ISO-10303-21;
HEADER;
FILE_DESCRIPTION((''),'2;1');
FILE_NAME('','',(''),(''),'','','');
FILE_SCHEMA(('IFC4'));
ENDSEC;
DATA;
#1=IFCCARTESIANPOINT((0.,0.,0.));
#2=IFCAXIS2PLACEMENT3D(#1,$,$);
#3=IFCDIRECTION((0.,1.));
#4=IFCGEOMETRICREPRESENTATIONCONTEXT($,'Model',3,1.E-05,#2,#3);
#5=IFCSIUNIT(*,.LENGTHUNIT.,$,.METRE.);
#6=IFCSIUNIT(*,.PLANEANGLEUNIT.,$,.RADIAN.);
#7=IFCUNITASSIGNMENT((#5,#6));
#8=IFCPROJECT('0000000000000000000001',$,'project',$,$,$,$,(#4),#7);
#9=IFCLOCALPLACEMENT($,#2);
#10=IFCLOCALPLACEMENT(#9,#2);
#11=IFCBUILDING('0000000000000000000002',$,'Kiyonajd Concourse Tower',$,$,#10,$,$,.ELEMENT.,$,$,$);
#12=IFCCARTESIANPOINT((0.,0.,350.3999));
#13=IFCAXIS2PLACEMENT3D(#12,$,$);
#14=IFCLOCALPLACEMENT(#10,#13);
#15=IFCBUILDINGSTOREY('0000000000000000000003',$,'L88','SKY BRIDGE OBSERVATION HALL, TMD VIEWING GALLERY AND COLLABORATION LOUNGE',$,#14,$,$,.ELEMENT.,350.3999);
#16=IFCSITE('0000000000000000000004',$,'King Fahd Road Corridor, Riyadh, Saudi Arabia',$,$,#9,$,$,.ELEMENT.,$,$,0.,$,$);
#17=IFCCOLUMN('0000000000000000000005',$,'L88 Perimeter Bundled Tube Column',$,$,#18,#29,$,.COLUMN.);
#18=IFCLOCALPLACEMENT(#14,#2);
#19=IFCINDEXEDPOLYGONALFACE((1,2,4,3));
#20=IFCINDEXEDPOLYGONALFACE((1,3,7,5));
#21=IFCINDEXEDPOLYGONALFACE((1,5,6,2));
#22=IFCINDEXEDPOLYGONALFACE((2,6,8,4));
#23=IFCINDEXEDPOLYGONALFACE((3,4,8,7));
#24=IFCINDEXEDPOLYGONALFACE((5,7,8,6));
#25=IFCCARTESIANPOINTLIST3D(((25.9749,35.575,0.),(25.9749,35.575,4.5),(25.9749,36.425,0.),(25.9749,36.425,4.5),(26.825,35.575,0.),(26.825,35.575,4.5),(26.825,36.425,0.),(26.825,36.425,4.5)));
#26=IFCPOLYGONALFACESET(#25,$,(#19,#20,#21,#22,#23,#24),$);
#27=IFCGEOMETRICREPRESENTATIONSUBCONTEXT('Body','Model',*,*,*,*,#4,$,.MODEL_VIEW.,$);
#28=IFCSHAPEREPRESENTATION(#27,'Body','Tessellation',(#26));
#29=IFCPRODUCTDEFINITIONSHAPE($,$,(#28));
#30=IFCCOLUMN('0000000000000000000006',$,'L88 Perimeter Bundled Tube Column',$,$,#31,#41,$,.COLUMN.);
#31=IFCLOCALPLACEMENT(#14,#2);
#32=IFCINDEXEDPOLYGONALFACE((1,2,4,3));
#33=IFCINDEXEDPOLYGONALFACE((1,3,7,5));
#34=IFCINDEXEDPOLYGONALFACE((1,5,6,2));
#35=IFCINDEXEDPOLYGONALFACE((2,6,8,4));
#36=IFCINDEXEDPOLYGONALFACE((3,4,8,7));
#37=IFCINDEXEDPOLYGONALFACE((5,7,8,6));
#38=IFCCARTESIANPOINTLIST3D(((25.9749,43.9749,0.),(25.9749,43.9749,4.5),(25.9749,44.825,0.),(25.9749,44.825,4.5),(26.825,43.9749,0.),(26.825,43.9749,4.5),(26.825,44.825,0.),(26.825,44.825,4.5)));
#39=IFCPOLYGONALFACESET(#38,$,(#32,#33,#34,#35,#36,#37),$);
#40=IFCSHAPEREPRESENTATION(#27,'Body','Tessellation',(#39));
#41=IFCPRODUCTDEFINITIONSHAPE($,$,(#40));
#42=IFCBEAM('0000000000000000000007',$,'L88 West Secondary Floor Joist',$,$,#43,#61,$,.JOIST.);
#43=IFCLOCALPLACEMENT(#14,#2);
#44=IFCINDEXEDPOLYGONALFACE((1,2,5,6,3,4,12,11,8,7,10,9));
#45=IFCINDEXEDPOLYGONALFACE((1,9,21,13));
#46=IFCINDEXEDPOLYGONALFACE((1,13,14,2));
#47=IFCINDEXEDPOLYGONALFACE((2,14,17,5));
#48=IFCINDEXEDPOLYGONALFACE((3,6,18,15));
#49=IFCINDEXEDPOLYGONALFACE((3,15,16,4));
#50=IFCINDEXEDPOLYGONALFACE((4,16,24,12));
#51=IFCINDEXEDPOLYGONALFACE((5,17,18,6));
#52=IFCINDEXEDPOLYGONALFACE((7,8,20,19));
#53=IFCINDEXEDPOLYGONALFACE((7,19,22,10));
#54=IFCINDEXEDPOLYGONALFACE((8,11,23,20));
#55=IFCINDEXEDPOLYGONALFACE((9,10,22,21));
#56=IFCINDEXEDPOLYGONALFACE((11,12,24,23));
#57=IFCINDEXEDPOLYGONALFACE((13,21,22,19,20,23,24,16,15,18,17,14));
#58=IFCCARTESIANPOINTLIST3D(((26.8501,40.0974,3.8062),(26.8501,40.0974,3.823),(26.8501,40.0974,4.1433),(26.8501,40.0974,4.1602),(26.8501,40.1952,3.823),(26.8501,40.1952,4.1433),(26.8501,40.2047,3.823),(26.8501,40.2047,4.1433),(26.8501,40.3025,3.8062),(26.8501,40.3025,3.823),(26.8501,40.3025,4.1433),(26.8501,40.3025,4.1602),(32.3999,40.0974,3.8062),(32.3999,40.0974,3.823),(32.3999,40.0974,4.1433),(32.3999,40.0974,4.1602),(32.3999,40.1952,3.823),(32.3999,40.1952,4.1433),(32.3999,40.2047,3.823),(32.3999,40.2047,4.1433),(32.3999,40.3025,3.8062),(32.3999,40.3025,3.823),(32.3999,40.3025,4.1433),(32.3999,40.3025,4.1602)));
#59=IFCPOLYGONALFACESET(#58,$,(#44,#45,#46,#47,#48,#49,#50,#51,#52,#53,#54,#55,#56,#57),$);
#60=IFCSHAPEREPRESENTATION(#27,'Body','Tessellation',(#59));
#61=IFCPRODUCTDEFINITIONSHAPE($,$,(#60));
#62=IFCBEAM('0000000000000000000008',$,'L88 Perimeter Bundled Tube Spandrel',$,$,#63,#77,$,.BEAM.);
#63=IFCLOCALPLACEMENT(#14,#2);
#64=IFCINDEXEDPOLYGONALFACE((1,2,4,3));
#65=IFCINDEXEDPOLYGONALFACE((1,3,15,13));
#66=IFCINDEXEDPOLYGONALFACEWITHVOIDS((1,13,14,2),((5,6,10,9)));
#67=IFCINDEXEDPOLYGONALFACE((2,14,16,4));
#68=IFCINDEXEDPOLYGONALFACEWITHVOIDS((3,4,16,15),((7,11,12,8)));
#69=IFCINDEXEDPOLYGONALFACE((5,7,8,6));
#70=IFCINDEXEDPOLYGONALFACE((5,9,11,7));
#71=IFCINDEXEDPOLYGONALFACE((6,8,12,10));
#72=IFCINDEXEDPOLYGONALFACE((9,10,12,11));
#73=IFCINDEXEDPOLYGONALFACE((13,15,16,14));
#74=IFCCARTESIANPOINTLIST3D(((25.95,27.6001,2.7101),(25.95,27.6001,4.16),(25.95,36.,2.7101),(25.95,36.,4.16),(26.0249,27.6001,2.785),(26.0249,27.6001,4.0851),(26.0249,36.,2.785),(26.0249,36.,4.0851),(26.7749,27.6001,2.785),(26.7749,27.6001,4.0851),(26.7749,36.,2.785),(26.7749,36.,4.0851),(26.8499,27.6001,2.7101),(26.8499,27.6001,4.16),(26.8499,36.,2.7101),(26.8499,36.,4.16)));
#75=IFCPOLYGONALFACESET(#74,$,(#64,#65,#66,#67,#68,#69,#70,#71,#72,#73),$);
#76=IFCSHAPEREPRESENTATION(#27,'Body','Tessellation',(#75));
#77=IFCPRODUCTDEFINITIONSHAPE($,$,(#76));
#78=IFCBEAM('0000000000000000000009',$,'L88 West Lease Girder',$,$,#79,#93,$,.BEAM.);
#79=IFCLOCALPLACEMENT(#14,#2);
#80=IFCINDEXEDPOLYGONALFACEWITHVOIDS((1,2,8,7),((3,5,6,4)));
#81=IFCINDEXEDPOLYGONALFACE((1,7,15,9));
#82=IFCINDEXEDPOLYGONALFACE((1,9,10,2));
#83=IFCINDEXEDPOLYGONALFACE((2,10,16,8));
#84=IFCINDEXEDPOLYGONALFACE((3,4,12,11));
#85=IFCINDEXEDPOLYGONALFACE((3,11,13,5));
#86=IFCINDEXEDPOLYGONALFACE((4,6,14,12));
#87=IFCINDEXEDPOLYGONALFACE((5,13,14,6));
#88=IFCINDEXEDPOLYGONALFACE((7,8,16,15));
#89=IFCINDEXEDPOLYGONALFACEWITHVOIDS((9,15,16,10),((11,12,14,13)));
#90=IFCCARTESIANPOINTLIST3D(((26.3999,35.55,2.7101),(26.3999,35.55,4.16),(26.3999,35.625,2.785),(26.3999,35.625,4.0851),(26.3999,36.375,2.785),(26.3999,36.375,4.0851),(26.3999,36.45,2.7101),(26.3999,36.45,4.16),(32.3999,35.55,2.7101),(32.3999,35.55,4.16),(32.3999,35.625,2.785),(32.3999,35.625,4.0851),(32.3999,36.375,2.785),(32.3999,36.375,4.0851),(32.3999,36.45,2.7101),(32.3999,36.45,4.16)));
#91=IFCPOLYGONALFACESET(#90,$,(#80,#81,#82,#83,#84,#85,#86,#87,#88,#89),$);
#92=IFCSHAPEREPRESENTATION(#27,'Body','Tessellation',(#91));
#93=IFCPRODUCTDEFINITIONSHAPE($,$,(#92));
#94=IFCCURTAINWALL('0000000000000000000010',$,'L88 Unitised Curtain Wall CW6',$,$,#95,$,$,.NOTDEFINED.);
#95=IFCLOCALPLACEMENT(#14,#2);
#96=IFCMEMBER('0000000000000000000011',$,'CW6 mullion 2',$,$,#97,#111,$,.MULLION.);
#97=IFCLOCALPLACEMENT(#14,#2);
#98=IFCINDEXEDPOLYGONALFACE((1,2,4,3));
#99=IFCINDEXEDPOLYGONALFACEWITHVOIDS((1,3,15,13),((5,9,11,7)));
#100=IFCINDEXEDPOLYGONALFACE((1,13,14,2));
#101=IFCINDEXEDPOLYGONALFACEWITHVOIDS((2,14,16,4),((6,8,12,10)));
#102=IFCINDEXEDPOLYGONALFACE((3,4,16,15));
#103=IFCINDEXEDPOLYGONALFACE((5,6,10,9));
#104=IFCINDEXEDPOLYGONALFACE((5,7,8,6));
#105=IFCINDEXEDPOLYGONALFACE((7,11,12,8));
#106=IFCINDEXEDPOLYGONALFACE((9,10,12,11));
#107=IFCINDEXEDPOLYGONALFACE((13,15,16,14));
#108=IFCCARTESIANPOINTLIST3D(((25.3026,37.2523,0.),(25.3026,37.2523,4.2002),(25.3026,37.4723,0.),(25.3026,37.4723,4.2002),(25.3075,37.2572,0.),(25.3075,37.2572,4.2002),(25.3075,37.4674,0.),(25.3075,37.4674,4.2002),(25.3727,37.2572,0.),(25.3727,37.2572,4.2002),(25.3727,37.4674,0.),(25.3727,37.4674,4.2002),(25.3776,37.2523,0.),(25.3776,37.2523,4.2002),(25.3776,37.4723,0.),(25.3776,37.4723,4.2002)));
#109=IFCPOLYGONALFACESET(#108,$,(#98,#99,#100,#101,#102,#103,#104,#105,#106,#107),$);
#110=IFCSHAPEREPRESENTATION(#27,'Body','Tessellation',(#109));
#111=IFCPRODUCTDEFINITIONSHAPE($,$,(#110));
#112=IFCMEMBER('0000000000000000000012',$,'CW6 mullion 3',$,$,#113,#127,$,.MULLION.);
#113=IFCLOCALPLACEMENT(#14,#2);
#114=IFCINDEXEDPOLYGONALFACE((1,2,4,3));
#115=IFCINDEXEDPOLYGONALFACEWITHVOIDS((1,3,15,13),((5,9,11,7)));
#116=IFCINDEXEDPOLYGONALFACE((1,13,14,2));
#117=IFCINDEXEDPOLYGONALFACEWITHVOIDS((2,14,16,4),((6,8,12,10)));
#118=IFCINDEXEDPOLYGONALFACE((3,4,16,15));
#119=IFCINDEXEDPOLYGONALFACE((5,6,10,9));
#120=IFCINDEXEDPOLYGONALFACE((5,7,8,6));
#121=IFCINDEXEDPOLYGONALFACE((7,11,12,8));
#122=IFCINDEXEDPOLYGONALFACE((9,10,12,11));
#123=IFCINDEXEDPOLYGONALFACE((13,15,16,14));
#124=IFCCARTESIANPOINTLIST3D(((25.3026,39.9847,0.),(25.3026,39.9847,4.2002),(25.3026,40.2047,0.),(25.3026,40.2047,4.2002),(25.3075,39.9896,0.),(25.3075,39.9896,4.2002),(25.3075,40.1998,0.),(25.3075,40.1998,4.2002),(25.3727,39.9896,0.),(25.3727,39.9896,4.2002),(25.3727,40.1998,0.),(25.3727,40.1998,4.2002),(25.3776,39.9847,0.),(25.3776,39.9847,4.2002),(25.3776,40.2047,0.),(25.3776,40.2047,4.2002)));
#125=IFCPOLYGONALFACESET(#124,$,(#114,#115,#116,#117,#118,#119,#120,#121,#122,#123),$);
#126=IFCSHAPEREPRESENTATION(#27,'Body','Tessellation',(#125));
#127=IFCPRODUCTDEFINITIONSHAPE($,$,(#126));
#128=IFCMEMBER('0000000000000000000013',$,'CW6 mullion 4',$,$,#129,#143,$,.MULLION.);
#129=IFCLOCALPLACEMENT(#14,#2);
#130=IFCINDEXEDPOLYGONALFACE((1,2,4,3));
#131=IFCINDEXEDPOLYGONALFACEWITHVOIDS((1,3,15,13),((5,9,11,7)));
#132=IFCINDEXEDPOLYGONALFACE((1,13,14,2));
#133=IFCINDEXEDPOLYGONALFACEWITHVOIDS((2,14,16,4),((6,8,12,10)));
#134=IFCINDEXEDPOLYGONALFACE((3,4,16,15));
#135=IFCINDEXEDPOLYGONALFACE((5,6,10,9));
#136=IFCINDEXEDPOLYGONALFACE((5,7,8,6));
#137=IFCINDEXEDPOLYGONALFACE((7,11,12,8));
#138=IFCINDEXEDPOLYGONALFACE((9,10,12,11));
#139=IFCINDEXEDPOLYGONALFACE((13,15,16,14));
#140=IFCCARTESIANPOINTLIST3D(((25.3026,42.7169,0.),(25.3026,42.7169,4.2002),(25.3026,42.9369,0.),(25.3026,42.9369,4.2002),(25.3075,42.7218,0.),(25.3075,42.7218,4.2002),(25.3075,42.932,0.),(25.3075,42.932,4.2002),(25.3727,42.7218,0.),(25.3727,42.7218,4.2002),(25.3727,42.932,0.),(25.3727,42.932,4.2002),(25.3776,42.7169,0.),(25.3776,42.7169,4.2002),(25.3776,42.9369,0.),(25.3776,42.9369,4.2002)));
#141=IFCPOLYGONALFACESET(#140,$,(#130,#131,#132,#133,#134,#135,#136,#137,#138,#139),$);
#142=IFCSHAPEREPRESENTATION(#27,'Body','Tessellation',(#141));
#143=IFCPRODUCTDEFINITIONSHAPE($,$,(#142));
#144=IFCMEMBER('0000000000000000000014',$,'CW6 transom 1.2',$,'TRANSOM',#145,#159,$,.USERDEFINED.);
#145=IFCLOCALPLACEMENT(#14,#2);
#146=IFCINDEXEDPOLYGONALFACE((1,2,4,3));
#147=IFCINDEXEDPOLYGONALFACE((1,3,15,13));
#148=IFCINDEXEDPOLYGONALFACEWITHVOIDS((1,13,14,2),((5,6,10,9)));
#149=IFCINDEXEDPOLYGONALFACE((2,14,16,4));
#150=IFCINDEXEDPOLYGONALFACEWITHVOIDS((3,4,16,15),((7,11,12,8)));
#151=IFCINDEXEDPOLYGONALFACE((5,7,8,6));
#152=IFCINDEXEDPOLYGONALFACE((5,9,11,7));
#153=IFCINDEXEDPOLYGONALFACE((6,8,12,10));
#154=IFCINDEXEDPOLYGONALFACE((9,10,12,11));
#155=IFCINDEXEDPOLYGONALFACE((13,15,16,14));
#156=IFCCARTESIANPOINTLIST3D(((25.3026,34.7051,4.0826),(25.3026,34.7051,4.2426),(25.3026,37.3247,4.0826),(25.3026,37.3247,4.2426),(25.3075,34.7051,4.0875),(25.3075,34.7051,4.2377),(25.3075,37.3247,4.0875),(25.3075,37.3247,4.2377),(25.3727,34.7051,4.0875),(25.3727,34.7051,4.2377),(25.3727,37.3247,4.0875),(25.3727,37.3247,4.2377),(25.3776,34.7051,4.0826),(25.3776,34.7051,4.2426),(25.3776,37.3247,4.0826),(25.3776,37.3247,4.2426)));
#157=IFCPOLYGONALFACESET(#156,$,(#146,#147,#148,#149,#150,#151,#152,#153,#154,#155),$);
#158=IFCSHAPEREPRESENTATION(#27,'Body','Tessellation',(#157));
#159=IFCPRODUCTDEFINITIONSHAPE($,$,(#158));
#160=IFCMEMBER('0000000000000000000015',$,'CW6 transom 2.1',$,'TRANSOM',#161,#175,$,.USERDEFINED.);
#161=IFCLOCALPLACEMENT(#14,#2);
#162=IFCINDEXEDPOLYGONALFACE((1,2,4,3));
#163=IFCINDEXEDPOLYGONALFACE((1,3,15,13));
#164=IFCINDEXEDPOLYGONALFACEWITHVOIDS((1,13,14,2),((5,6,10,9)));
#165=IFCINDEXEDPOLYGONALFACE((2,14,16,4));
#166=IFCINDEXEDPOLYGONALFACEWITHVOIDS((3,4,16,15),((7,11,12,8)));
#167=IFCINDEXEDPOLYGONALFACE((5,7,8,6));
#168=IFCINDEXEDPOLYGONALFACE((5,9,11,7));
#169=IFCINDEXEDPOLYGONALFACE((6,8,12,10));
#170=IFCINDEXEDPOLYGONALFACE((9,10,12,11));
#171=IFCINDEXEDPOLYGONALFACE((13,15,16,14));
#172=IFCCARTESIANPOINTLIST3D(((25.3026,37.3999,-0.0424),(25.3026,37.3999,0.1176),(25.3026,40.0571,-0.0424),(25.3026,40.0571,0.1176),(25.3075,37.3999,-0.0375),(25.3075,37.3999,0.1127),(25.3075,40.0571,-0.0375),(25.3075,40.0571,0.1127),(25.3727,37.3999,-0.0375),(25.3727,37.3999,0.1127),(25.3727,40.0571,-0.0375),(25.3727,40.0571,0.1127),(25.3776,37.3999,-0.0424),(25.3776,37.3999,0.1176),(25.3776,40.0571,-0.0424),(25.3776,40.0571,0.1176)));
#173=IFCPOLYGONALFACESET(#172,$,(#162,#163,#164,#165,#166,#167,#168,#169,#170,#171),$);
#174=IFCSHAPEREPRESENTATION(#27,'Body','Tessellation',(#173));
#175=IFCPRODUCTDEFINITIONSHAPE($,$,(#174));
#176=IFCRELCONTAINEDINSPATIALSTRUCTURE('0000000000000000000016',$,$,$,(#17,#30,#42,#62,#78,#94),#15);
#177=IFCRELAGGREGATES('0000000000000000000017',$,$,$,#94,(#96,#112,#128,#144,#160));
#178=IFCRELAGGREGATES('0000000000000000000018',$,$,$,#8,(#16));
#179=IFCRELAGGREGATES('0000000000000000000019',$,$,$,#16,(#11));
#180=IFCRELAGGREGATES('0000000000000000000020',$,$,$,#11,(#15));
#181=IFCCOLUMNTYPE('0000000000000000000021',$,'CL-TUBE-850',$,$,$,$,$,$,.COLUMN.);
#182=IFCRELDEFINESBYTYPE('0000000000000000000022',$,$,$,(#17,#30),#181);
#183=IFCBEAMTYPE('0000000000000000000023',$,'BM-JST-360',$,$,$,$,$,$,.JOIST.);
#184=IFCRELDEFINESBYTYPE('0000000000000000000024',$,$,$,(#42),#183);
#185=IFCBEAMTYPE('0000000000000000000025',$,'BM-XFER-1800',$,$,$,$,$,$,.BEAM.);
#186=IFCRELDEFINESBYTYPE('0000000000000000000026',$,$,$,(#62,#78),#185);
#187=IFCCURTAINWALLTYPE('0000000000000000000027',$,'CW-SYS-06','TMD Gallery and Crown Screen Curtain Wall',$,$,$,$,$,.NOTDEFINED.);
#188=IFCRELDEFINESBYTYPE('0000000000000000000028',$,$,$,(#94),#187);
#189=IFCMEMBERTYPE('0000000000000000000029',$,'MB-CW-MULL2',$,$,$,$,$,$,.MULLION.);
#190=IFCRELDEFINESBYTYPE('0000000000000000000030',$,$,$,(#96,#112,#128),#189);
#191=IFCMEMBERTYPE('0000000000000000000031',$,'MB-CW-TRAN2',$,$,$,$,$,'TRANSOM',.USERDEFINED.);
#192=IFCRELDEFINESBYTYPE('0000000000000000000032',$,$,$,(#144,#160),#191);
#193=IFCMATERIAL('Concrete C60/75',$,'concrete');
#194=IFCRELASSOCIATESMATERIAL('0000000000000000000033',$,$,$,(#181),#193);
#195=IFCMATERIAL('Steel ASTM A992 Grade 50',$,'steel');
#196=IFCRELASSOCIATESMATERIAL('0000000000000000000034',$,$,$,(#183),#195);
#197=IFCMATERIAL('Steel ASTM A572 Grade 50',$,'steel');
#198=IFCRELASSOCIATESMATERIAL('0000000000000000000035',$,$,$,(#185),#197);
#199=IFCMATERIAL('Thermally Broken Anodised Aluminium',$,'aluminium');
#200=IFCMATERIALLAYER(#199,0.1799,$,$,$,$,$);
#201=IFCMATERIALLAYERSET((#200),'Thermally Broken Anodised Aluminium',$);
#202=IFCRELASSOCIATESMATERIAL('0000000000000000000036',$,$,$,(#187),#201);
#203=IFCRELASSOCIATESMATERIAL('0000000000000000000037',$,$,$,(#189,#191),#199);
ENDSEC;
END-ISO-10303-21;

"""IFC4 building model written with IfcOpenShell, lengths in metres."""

from ifc_helpers import new_model, si_unit, direction, frame, origin, origin_2d, place, context, subcontext, project, spatial, rectangle, hollow_rectangle, i_section, extrude, material, layer, layer_set, material_profile, profile_set, type_object, element, aggregate, save


model = new_model("IFC4")

# Units and contexts
model_context = context("Model", 3, precision=1e-05, world=origin(), true_north=direction((0.0, 1.0)))
body_context = subcontext(model_context, "Body", "Model", "MODEL_VIEW")
ifc_project = project(units=[si_unit("LENGTHUNIT", "METRE"), si_unit("PLANEANGLEUNIT", "RADIAN")], contexts=[model_context])

# Site, building, storey
site_placement = place(None, origin())
site = spatial("IfcSite", under=ifc_project, at=site_placement, Name="King Fahd Road Corridor, Riyadh, Saudi Arabia", CompositionType="ELEMENT", RefElevation=0.0)
building_placement = place(site_placement, origin())
building = spatial("IfcBuilding", under=site, at=building_placement, Name="Kiyonajd Concourse Tower", CompositionType="ELEMENT")
storey_placement = place(building_placement, frame((0.0, 0.0, 350.3999)))
storey = spatial("IfcBuildingStorey", under=building, at=storey_placement, Name="L88", Description="SKY BRIDGE OBSERVATION HALL, TMD VIEWING GALLERY AND COLLABORATION LOUNGE", CompositionType="ELEMENT", Elevation=350.3999)

# Columns
ifc_material_1 = material(Name="Concrete C60/75", Category="concrete")
ifc_material_profile_1 = material_profile(ifc_material_1, rectangle(XDim=0.8501, YDim=0.8501, at=origin_2d()), Name="RC-850x850")
ifc_profile_set_1 = profile_set([ifc_material_profile_1], Name="Concrete C60/75")
column_type = type_object("IfcColumnType", Name="CL-TUBE-850", PredefinedType="COLUMN", material=ifc_profile_set_1)
for number, where, z_axis, x_axis, name in (
    (1, (26.3999, 36.0, 0.0), (0.0, 0.0, 1.0), (1.0, 0.0, 0.0), "L88 Perimeter Bundled Tube Column"),
    (2, (26.3999, 44.3999, 0.0), (0.0, 0.0, 1.0), (1.0, 0.0, 0.0), "L88 Perimeter Bundled Tube Column"),
):
    element("IfcColumn", number, at=place(storey_placement, frame(where, z_axis=z_axis, x_axis=x_axis)), inside=storey, type_object=column_type, Name=name, PredefinedType="COLUMN", context=body_context, shape_type="SweptSolid", body=[
        extrude(rectangle(XDim=0.8501, YDim=0.8501, at=origin_2d()), origin(), (0.0, 0.0, 1.0), 4.5),
    ])

# Beams
ifc_material_2 = material(Name="Steel ASTM A992 Grade 50", Category="steel")
ifc_material_profile_2 = material_profile(ifc_material_2, i_section(OverallWidth=0.2051, OverallDepth=0.354, WebThickness=0.0095, FlangeThickness=0.0168, at=origin_2d()), Name="W360X79")
ifc_profile_set_2 = profile_set([ifc_material_profile_2], Name="Steel ASTM A992 Grade 50")
beam_type_1 = type_object("IfcBeamType", Name="BM-JST-360", PredefinedType="JOIST", material=ifc_profile_set_2)
beam_1_placement = place(storey_placement, frame((26.8501, 40.2, 3.9832), z_axis=(1.0, 0.0, 0.0), x_axis=(0.0, 1.0, 0.0)))
element("IfcBeam", 3, at=beam_1_placement, inside=storey, type_object=beam_type_1, Name="L88 West Secondary Floor Joist", PredefinedType="JOIST", context=body_context, shape_type="SweptSolid", body=[
    extrude(i_section(OverallWidth=0.2051, OverallDepth=0.354, WebThickness=0.0095, FlangeThickness=0.0168, at=origin_2d()), origin(), (0.0, 0.0, 1.0), 5.5498),
])
ifc_material_3 = material(Name="Steel ASTM A572 Grade 50", Category="steel")
ifc_material_profile_3 = material_profile(ifc_material_3, hollow_rectangle(XDim=0.8999, YDim=1.45, WallThickness=0.075, at=origin_2d()), Name="BOX-1450x900x75")
ifc_profile_set_3 = profile_set([ifc_material_profile_3], Name="Steel ASTM A572 Grade 50")
beam_type_2 = type_object("IfcBeamType", Name="BM-XFER-1800", PredefinedType="BEAM", material=ifc_profile_set_3)
beam_2_placement = place(storey_placement, frame((26.3999, 36.0, 3.4351), z_axis=(0.0, -1.0, 0.0), x_axis=(1.0, 0.0, 0.0)))
element("IfcBeam", 4, at=beam_2_placement, inside=storey, type_object=beam_type_2, Name="L88 Perimeter Bundled Tube Spandrel", PredefinedType="BEAM", context=body_context, shape_type="SweptSolid", body=[
    extrude(hollow_rectangle(XDim=0.8999, YDim=1.45, WallThickness=0.075, at=origin_2d()), origin(), (0.0, 0.0, 1.0), 8.3999),
])
beam_3_placement = place(storey_placement, frame((26.3999, 36.0, 3.4351), z_axis=(1.0, 0.0, 0.0), x_axis=(0.0, 1.0, 0.0)))
element("IfcBeam", 5, at=beam_3_placement, inside=storey, type_object=beam_type_2, Name="L88 West Lease Girder", PredefinedType="BEAM", context=body_context, shape_type="SweptSolid", body=[
    extrude(hollow_rectangle(XDim=0.8999, YDim=1.45, WallThickness=0.075, at=origin_2d()), origin(), (0.0, 0.0, 1.0), 6.0),
])

# Curtain wall, members
ifc_material_4 = material(Name="Thermally Broken Anodised Aluminium", Category="aluminium")
ifc_layer_1 = layer(ifc_material_4, 0.1799)
ifc_layer_set_1 = layer_set([ifc_layer_1], Name="Thermally Broken Anodised Aluminium")
curtain_wall_type = type_object("IfcCurtainWallType", Name="CW-SYS-06", Description="TMD Gallery and Crown Screen Curtain Wall", PredefinedType="NOTDEFINED", material=ifc_layer_set_1)
curtain_wall_placement = place(storey_placement, origin())
curtain_wall = element("IfcCurtainWall", 6, at=curtain_wall_placement, inside=storey, type_object=curtain_wall_type, Name="L88 Unitised Curtain Wall CW6", PredefinedType="NOTDEFINED")
ifc_material_profile_4 = material_profile(ifc_material_4, hollow_rectangle(XDim=0.075, YDim=0.22, WallThickness=0.0049, at=origin_2d()), Name="MULL-75x220")
ifc_profile_set_4 = profile_set([ifc_material_profile_4], Name="Thermally Broken Anodised Aluminium")
member_type_1 = type_object("IfcMemberType", Name="MB-CW-MULL2", PredefinedType="MULLION", material=ifc_profile_set_4)
member_1_placement = place(storey_placement, frame((25.3401, 37.3623, 0.0), z_axis=(0.0, 0.0, 1.0), x_axis=(-1.0, 0.0, 0.0)))
member_1 = element("IfcMember", 7, at=member_1_placement, type_object=member_type_1, Name="CW6 mullion 2", PredefinedType="MULLION", context=body_context, shape_type="SweptSolid", body=[
    extrude(hollow_rectangle(XDim=0.075, YDim=0.22, WallThickness=0.0049, at=origin_2d()), origin(), (0.0, 0.0, 1.0), 4.2002),
])
member_2_placement = place(storey_placement, frame((25.3401, 40.0947, 0.0), z_axis=(0.0, 0.0, 1.0), x_axis=(-1.0, 0.0, 0.0)))
member_2 = element("IfcMember", 8, at=member_2_placement, type_object=member_type_1, Name="CW6 mullion 3", PredefinedType="MULLION", context=body_context, shape_type="SweptSolid", body=[
    extrude(hollow_rectangle(XDim=0.075, YDim=0.22, WallThickness=0.0049, at=origin_2d()), origin(), (0.0, 0.0, 1.0), 4.2002),
])
member_3_placement = place(storey_placement, frame((25.3401, 42.8269, 0.0), z_axis=(0.0, 0.0, 1.0), x_axis=(-1.0, 0.0, 0.0)))
member_3 = element("IfcMember", 9, at=member_3_placement, type_object=member_type_1, Name="CW6 mullion 4", PredefinedType="MULLION", context=body_context, shape_type="SweptSolid", body=[
    extrude(hollow_rectangle(XDim=0.075, YDim=0.22, WallThickness=0.0049, at=origin_2d()), origin(), (0.0, 0.0, 1.0), 4.2002),
])
ifc_material_profile_5 = material_profile(ifc_material_4, hollow_rectangle(XDim=0.075, YDim=0.1599, WallThickness=0.0049, at=origin_2d()), Name="TRAN-75x160")
ifc_profile_set_5 = profile_set([ifc_material_profile_5], Name="Thermally Broken Anodised Aluminium")
member_type_2 = type_object("IfcMemberType", Name="MB-CW-TRAN2", ElementType="TRANSOM", PredefinedType="USERDEFINED", material=ifc_profile_set_5)
member_4_placement = place(storey_placement, frame((25.3401, 34.7051, 4.1626), z_axis=(0.0, 1.0, 0.0), x_axis=(-1.0, 0.0, 0.0)))
member_4 = element("IfcMember", 10, at=member_4_placement, type_object=member_type_2, Name="CW6 transom 1.2", ObjectType="TRANSOM", PredefinedType="USERDEFINED", context=body_context, shape_type="SweptSolid", body=[
    extrude(hollow_rectangle(XDim=0.075, YDim=0.1599, WallThickness=0.0049, at=origin_2d()), origin(), (0.0, 0.0, 1.0), 2.6196),
])
member_5_placement = place(storey_placement, frame((25.3401, 37.3999, 0.0376), z_axis=(0.0, 1.0, 0.0), x_axis=(-1.0, 0.0, 0.0)))
member_5 = element("IfcMember", 11, at=member_5_placement, type_object=member_type_2, Name="CW6 transom 2.1", ObjectType="TRANSOM", PredefinedType="USERDEFINED", context=body_context, shape_type="SweptSolid", body=[
    extrude(hollow_rectangle(XDim=0.075, YDim=0.1599, WallThickness=0.0049, at=origin_2d()), origin(), (0.0, 0.0, 1.0), 2.6572),
])

aggregate(curtain_wall, [member_1, member_2, member_3, member_4, member_5])

save(model, "model.ifc")
